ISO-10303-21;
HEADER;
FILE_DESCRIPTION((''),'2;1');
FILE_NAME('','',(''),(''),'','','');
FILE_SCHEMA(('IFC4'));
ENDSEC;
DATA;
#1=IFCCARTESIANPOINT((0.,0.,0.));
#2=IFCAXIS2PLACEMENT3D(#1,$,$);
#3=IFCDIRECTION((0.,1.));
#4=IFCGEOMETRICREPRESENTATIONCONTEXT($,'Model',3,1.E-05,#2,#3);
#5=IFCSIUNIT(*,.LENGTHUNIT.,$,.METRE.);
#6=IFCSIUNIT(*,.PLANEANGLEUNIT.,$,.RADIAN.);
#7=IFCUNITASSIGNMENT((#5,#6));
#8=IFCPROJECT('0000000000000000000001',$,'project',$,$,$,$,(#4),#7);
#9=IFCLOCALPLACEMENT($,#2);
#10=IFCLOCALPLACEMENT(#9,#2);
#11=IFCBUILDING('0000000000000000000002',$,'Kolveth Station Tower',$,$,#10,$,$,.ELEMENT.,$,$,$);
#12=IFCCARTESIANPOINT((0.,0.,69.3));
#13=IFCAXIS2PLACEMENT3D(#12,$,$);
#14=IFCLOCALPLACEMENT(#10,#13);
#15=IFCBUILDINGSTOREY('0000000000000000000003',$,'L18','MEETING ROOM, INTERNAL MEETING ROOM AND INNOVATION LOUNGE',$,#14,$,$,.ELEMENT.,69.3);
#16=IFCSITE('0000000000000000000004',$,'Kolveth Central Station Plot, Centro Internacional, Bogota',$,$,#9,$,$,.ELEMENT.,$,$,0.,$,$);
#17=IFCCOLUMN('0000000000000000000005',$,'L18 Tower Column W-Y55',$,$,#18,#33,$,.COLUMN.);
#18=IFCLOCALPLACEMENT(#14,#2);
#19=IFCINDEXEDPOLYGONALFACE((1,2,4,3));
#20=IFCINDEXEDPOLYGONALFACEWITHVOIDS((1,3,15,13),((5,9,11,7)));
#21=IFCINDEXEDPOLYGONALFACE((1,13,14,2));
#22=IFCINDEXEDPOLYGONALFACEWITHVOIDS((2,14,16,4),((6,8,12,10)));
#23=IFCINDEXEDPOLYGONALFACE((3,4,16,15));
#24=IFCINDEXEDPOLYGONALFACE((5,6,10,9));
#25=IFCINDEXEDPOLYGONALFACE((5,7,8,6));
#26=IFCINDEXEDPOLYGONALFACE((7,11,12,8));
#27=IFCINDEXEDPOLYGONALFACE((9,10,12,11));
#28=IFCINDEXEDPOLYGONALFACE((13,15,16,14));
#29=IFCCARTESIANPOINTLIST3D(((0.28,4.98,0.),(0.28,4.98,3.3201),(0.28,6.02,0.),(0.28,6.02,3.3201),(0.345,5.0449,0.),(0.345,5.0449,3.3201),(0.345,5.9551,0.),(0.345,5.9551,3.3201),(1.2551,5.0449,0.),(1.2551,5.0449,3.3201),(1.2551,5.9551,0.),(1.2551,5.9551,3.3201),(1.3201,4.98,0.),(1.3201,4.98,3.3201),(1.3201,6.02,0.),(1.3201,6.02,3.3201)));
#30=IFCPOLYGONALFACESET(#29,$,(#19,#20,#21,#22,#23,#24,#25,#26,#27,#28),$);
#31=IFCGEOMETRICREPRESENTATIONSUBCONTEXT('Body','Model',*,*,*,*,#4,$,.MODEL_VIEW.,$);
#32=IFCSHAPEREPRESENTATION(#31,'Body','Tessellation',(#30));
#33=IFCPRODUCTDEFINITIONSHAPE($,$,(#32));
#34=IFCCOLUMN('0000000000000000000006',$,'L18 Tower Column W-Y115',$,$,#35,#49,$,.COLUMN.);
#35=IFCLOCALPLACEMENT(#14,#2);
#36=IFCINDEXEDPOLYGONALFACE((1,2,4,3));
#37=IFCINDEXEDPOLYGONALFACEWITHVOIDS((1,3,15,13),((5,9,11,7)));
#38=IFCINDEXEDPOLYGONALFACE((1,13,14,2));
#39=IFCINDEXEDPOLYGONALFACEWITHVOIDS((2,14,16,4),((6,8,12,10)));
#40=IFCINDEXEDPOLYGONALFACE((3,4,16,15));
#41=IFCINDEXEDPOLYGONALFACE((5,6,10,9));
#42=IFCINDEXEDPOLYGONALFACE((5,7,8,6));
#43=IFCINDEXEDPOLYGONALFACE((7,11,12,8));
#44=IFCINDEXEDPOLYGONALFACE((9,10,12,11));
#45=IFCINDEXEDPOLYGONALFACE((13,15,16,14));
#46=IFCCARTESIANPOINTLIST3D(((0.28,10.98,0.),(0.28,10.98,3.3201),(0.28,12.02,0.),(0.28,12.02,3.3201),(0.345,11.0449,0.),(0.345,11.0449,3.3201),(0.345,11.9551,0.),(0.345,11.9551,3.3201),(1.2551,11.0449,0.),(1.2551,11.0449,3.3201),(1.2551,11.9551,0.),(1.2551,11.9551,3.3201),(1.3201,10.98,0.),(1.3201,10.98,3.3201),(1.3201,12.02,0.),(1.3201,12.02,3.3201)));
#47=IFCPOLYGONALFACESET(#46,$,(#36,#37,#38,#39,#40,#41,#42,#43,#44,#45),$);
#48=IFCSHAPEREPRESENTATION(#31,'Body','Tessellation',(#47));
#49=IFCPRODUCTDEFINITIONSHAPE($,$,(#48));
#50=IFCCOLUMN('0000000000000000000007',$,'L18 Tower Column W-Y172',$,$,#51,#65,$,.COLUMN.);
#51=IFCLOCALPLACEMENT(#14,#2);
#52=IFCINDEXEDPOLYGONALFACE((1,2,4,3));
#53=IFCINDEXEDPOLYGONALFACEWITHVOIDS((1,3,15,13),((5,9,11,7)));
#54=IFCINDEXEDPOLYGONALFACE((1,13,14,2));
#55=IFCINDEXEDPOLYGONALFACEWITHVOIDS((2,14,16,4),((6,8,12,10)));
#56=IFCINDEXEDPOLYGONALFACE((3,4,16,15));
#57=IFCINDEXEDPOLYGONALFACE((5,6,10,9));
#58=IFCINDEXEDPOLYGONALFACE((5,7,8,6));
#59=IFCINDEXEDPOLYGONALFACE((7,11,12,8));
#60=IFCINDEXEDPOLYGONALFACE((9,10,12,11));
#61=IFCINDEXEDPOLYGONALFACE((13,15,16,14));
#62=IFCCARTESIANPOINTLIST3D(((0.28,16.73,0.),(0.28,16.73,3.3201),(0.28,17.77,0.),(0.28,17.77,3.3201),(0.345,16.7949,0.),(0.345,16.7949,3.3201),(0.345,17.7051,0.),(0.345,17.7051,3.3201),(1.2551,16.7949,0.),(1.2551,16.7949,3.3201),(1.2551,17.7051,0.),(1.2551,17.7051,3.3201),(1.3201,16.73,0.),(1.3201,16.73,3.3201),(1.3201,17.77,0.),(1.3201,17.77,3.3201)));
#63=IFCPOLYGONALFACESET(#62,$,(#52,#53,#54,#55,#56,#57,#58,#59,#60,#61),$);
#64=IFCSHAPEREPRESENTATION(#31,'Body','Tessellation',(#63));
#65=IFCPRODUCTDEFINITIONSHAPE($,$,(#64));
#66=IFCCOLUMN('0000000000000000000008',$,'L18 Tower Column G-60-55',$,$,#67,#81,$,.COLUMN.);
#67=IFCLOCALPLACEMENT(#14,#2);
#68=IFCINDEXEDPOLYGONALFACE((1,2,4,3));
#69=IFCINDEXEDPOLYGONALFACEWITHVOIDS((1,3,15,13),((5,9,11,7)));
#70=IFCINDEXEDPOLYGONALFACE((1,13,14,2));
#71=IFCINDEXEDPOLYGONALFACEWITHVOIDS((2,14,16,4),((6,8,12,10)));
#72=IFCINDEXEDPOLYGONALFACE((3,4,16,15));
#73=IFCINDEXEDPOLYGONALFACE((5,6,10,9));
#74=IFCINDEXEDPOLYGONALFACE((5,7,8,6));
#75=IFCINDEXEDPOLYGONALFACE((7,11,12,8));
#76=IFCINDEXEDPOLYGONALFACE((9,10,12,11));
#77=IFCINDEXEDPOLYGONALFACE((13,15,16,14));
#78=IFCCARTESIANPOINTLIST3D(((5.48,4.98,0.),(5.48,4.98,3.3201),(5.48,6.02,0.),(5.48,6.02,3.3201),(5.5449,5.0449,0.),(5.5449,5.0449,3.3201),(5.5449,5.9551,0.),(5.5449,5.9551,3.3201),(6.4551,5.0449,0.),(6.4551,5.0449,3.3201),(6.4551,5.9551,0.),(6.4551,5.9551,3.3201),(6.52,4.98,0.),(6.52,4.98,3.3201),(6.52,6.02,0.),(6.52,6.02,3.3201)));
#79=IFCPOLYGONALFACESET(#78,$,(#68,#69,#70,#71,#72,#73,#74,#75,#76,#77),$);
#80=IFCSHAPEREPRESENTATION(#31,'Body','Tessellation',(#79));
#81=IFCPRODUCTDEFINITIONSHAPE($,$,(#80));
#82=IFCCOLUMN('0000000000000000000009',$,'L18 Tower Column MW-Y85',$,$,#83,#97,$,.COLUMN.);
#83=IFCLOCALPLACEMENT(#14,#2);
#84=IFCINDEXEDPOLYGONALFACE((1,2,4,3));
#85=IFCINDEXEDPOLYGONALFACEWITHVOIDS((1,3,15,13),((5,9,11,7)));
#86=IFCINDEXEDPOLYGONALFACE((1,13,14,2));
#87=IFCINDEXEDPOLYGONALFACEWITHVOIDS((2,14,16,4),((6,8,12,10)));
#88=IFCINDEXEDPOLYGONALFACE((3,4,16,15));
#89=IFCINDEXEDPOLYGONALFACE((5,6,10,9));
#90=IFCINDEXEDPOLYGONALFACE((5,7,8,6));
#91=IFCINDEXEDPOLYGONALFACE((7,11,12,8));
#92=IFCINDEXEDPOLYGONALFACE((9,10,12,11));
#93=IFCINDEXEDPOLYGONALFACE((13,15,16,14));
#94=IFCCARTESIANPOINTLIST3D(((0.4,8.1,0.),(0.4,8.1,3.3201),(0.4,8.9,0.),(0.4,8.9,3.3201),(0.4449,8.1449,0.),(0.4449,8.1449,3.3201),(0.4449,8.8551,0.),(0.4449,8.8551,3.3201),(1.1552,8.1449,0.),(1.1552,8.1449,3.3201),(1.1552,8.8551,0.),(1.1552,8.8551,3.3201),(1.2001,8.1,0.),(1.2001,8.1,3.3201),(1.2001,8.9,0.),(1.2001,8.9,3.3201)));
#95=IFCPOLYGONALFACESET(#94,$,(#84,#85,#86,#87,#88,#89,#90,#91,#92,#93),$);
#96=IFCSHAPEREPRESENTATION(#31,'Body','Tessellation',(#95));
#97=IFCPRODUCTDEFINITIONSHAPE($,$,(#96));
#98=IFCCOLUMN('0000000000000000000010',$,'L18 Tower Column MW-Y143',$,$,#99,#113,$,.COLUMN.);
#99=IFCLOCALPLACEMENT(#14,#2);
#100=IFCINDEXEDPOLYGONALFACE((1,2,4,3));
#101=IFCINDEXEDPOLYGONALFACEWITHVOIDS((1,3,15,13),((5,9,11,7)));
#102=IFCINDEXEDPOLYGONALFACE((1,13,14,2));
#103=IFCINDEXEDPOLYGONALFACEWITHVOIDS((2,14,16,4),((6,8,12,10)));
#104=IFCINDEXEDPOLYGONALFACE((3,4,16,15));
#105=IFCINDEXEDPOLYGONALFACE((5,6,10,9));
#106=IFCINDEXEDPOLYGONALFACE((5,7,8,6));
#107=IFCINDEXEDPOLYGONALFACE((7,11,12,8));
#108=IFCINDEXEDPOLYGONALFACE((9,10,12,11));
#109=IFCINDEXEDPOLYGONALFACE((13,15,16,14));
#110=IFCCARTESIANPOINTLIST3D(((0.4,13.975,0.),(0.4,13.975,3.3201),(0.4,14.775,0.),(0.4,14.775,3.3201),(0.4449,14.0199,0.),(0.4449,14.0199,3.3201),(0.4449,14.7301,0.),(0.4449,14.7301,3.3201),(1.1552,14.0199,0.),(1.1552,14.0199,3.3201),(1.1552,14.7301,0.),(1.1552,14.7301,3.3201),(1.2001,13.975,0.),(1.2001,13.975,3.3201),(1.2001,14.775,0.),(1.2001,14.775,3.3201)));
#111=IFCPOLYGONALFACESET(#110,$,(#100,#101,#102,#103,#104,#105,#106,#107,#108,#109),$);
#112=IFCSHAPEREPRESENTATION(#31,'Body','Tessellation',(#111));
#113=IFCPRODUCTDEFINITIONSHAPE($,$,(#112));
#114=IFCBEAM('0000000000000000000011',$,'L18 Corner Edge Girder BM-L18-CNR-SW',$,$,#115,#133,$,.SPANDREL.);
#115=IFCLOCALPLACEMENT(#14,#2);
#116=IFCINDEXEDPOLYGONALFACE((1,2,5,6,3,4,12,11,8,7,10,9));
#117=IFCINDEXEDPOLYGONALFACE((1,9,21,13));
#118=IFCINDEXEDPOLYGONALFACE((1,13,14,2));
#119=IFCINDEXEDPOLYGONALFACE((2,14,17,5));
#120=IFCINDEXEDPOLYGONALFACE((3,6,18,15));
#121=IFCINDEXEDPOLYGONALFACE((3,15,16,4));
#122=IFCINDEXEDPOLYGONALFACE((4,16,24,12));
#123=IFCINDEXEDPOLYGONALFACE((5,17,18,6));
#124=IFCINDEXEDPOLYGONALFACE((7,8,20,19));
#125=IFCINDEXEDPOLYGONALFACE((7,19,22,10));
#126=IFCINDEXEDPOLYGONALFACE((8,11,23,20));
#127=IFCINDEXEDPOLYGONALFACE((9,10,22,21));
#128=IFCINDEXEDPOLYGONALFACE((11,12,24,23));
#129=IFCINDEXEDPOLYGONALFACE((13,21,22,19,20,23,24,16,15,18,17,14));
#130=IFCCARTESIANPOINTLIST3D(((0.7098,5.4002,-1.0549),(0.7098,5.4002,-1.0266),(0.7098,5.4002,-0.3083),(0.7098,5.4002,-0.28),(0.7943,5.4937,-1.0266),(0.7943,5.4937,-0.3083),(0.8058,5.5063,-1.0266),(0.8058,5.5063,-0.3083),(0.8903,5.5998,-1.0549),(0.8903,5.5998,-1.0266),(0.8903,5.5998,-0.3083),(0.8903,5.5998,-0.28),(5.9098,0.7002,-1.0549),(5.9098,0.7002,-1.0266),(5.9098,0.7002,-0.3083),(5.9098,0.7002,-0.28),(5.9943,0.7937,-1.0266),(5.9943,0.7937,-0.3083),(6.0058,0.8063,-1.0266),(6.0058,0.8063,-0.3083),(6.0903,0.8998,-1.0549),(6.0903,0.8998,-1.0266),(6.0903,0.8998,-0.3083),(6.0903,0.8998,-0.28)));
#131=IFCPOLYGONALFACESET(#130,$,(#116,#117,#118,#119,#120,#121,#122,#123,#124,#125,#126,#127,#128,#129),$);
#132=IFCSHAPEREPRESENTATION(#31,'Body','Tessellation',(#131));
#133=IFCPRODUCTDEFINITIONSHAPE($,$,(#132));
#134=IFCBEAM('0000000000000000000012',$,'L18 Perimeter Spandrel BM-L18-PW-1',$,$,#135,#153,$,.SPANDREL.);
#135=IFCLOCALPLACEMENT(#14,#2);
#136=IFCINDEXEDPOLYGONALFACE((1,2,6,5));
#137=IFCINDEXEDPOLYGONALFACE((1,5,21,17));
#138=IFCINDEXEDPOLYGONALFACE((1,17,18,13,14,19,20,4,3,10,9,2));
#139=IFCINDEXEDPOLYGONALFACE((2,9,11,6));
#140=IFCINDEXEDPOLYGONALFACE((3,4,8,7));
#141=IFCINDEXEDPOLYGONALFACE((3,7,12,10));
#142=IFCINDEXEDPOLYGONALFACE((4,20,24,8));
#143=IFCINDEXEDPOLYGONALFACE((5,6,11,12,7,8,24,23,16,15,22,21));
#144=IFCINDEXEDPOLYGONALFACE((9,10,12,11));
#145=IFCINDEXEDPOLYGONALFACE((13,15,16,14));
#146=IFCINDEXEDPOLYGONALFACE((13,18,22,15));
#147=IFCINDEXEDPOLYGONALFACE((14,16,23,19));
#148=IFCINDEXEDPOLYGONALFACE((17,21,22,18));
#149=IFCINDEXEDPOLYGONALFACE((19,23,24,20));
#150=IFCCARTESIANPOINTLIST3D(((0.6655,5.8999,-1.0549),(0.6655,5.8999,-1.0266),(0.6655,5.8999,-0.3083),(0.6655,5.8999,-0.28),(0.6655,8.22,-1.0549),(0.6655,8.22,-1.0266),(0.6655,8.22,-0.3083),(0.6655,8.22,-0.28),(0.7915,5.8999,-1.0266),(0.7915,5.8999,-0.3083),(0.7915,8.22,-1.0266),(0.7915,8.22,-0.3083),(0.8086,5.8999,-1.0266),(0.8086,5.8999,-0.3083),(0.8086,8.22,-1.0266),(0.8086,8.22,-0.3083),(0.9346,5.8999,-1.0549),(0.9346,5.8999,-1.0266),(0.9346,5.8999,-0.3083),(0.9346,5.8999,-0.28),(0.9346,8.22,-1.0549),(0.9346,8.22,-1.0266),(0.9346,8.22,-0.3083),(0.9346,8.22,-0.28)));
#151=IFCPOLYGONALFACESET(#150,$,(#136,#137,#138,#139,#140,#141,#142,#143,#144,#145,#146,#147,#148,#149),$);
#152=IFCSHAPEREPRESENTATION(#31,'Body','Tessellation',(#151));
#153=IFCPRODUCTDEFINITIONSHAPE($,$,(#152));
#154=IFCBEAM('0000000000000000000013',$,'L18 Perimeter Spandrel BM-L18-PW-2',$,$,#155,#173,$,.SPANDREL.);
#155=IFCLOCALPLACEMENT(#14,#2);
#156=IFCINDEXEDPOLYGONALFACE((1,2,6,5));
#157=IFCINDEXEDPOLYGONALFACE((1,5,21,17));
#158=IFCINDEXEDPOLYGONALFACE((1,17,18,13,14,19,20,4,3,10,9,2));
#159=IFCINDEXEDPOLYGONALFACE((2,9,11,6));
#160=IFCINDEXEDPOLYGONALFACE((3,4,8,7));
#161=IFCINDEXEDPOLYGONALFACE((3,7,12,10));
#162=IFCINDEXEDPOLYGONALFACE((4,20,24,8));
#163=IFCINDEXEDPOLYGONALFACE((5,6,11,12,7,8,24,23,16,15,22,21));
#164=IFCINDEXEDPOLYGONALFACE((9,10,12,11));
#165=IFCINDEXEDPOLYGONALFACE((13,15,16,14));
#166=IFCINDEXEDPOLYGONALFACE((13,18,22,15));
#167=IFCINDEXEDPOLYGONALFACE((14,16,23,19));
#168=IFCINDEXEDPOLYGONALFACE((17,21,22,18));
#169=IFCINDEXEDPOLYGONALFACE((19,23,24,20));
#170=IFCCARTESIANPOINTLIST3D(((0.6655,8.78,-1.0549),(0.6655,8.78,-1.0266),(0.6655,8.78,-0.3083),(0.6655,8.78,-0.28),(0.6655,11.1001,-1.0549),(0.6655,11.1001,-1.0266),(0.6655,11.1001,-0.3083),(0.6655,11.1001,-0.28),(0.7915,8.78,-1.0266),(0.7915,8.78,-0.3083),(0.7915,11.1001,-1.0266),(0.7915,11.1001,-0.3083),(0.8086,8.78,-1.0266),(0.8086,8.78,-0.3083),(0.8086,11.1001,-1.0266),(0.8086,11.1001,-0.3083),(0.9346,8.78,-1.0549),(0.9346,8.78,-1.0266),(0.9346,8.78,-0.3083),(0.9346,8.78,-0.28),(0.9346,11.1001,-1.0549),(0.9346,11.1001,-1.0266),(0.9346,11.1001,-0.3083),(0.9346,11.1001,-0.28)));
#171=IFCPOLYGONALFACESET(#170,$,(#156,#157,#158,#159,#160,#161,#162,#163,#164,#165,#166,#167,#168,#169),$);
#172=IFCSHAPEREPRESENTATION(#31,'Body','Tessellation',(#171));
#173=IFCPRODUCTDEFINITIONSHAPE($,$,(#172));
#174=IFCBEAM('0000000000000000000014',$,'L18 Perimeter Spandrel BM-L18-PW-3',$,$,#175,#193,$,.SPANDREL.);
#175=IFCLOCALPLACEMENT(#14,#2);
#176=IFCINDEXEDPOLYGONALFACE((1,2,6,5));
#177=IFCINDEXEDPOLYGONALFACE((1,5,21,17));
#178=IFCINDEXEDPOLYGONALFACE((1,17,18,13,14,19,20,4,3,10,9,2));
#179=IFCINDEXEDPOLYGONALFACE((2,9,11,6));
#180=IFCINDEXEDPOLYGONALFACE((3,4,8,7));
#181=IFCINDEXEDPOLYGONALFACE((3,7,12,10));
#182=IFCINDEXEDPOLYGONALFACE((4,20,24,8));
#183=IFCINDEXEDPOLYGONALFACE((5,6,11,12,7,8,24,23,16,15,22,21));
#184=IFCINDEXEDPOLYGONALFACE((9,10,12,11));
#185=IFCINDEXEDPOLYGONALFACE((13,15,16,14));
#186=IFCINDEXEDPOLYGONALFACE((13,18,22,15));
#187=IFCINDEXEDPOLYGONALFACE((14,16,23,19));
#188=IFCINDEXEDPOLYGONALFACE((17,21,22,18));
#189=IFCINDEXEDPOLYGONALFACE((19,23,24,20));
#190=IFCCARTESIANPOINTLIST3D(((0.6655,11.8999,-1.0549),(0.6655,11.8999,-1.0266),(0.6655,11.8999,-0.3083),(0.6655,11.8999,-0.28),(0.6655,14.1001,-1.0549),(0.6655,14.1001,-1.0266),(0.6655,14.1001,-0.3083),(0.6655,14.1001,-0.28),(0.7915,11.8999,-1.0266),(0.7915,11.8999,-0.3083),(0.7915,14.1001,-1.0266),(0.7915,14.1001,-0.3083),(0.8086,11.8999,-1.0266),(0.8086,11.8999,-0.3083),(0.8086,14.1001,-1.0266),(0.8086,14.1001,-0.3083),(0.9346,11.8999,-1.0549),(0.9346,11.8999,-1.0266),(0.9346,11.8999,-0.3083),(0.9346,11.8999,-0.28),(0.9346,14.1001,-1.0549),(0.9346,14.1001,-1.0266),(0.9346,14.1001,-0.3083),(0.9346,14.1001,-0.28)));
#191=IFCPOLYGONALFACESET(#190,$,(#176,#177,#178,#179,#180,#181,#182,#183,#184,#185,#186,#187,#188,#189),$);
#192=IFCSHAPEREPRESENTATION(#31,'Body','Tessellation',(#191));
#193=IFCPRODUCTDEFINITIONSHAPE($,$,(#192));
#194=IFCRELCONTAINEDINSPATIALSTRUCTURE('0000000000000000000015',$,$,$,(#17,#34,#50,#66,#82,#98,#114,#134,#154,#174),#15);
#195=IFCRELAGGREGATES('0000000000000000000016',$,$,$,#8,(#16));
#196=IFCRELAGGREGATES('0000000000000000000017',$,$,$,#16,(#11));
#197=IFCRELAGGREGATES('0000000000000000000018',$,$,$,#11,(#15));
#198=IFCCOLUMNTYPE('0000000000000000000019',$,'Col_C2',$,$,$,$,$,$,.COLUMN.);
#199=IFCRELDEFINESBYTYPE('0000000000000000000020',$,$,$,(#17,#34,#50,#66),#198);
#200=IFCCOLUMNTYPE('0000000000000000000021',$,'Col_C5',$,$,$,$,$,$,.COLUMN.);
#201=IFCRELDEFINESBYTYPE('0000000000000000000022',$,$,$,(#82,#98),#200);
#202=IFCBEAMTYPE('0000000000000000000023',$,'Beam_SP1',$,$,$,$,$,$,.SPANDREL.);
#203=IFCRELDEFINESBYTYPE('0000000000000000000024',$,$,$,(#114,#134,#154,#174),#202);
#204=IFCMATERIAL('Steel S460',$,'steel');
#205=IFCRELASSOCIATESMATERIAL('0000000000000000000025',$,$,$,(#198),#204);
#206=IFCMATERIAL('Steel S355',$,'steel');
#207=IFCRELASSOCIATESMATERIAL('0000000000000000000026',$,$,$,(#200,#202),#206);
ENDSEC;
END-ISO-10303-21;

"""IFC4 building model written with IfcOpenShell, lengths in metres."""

from ifc_helpers import new_model, si_unit, direction, frame, origin, origin_2d, place, context, subcontext, project, spatial, hollow_rectangle, i_section, extrude, source, transform, mapped, material, material_profile, profile_set, type_object, element, save


model = new_model("IFC4")

# Units and contexts
model_context = context("Model", 3, precision=1e-05, world=origin(), true_north=direction((0.0, 1.0)))
body_context = subcontext(model_context, "Body", "Model", "MODEL_VIEW")
ifc_project = project(units=[si_unit("LENGTHUNIT", "METRE"), si_unit("PLANEANGLEUNIT", "RADIAN")], contexts=[model_context])

# Site, building, storey
site_placement = place(None, origin())
site = spatial("IfcSite", under=ifc_project, at=site_placement, Name="Kolveth Central Station Plot, Centro Internacional, Bogota", CompositionType="ELEMENT", RefElevation=0.0)
building_placement = place(site_placement, origin())
building = spatial("IfcBuilding", under=site, at=building_placement, Name="Kolveth Station Tower", CompositionType="ELEMENT")
storey_placement = place(building_placement, frame((0.0, 0.0, 69.3)))
storey = spatial("IfcBuildingStorey", under=building, at=storey_placement, Name="L18", Description="MEETING ROOM, INTERNAL MEETING ROOM AND INNOVATION LOUNGE", CompositionType="ELEMENT", Elevation=69.3)

# Columns
ifc_material_1 = material(Name="Steel S460", Category="steel")
ifc_material_profile_1 = material_profile(ifc_material_1, hollow_rectangle(XDim=1.04, YDim=1.04, WallThickness=0.0649, at=origin_2d()), Name="BOX1040x1040x65")
ifc_profile_set_1 = profile_set([ifc_material_profile_1], Name="Steel S460")
column_type_1 = type_object("IfcColumnType", Name="Col_C2", PredefinedType="COLUMN", material=ifc_profile_set_1)
shared_shape_1 = source(origin(), body_context, "Body", "SweptSolid", [
    extrude(hollow_rectangle(XDim=1.04, YDim=1.04, WallThickness=0.0649, at=origin_2d()), origin(), (0.0, 0.0, 1.0), 3.3201),
])
for number, where, z_axis, x_axis, name in (
    (1, (0.8, 5.5, 0.0), (0.0, 0.0, 1.0), (1.0, 0.0, 0.0), "L18 Tower Column W-Y55"),
    (2, (0.8, 11.5, 0.0), (0.0, 0.0, 1.0), (1.0, 0.0, 0.0), "L18 Tower Column W-Y115"),
    (3, (0.8, 17.25, 0.0), (0.0, 0.0, 1.0), (1.0, 0.0, 0.0), "L18 Tower Column W-Y172"),
    (4, (6.0, 5.5, 0.0), (0.0, 0.0, 1.0), (1.0, 0.0, 0.0), "L18 Tower Column G-60-55"),
):
    element("IfcColumn", number, at=place(storey_placement, frame(where, z_axis=z_axis, x_axis=x_axis)), inside=storey, type_object=column_type_1, Name=name, PredefinedType="COLUMN", context=body_context, shape_type="MappedRepresentation", body=[
        mapped(shared_shape_1, transform((0.0, 0.0, 0.0), x_axis=(1.0, 0.0, 0.0), y_axis=(0.0, 1.0, 0.0), z_axis=(0.0, 0.0, 1.0), scale=1.0)),
    ])
ifc_material_2 = material(Name="Steel S355", Category="steel")
ifc_material_profile_2 = material_profile(ifc_material_2, hollow_rectangle(XDim=0.8, YDim=0.8, WallThickness=0.0449, at=origin_2d()), Name="BOX800x800x45")
ifc_profile_set_2 = profile_set([ifc_material_profile_2], Name="Steel S355")
column_type_2 = type_object("IfcColumnType", Name="Col_C5", PredefinedType="COLUMN", material=ifc_profile_set_2)
shared_shape_2 = source(origin(), body_context, "Body", "SweptSolid", [
    extrude(hollow_rectangle(XDim=0.8, YDim=0.8, WallThickness=0.0449, at=origin_2d()), origin(), (0.0, 0.0, 1.0), 3.3201),
])
for number, where, z_axis, x_axis, name in (
    (5, (0.8, 8.5, 0.0), (0.0, 0.0, 1.0), (1.0, 0.0, 0.0), "L18 Tower Column MW-Y85"),
    (6, (0.8, 14.375, 0.0), (0.0, 0.0, 1.0), (1.0, 0.0, 0.0), "L18 Tower Column MW-Y143"),
):
    element("IfcColumn", number, at=place(storey_placement, frame(where, z_axis=z_axis, x_axis=x_axis)), inside=storey, type_object=column_type_2, Name=name, PredefinedType="COLUMN", context=body_context, shape_type="MappedRepresentation", body=[
        mapped(shared_shape_2, transform((0.0, 0.0, 0.0), x_axis=(1.0, 0.0, 0.0), y_axis=(0.0, 1.0, 0.0), z_axis=(0.0, 0.0, 1.0), scale=1.0)),
    ])

# Beams
ifc_material_profile_3 = material_profile(ifc_material_2, i_section(OverallWidth=0.269, OverallDepth=0.7749, WebThickness=0.0171, FlangeThickness=0.0283, at=origin_2d()), Name="W760x220")
ifc_profile_set_3 = profile_set([ifc_material_profile_3], Name="Steel S355")
beam_type_1 = type_object("IfcBeamType", Name="Beam_SP1", PredefinedType="SPANDREL", material=ifc_profile_set_3)
shared_shape_3 = source(origin(), body_context, "Body", "SweptSolid", [
    extrude(i_section(OverallWidth=0.269, OverallDepth=0.7749, WebThickness=0.0171, FlangeThickness=0.0283, at=origin_2d()), origin(), (0.0, 0.0, 1.0), 7.0093),
])
beam_1_placement = place(storey_placement, frame((0.8, 5.5, -0.6675), z_axis=(0.741874, -0.670539, 0.0), x_axis=(0.670539, 0.741874, 0.0)))
element("IfcBeam", 7, at=beam_1_placement, inside=storey, type_object=beam_type_1, Name="L18 Corner Edge Girder BM-L18-CNR-SW", PredefinedType="SPANDREL", context=body_context, shape_type="MappedRepresentation", body=[
    mapped(shared_shape_3, transform((0.0, 0.0, 0.0), x_axis=(1.0, 0.0, 0.0), y_axis=(0.0, 1.0, 0.0), z_axis=(0.0, 0.0, 1.0), scale=1.0)),
])
shared_shape_4 = source(origin(), body_context, "Body", "SweptSolid", [
    extrude(i_section(OverallWidth=0.269, OverallDepth=0.7749, WebThickness=0.0171, FlangeThickness=0.0283, at=origin_2d()), origin(), (0.0, 0.0, 1.0), 2.3201),
])
for number, where, z_axis, x_axis, name in (
    (8, (0.8, 5.8999, -0.6675), (0.0, 1.0, 0.0), (-1.0, 0.0, 0.0), "L18 Perimeter Spandrel BM-L18-PW-1"),
    (9, (0.8, 8.78, -0.6675), (0.0, 1.0, 0.0), (-1.0, 0.0, 0.0), "L18 Perimeter Spandrel BM-L18-PW-2"),
):
    element("IfcBeam", number, at=place(storey_placement, frame(where, z_axis=z_axis, x_axis=x_axis)), inside=storey, type_object=beam_type_1, Name=name, PredefinedType="SPANDREL", context=body_context, shape_type="MappedRepresentation", body=[
        mapped(shared_shape_4, transform((0.0, 0.0, 0.0), x_axis=(1.0, 0.0, 0.0), y_axis=(0.0, 1.0, 0.0), z_axis=(0.0, 0.0, 1.0), scale=1.0)),
    ])
shared_shape_5 = source(origin(), body_context, "Body", "SweptSolid", [
    extrude(i_section(OverallWidth=0.269, OverallDepth=0.7749, WebThickness=0.0171, FlangeThickness=0.0283, at=origin_2d()), origin(), (0.0, 0.0, 1.0), 2.2002),
])
beam_2_placement = place(storey_placement, frame((0.8, 11.8999, -0.6675), z_axis=(0.0, 1.0, 0.0), x_axis=(-1.0, 0.0, 0.0)))
element("IfcBeam", 10, at=beam_2_placement, inside=storey, type_object=beam_type_1, Name="L18 Perimeter Spandrel BM-L18-PW-3", PredefinedType="SPANDREL", context=body_context, shape_type="MappedRepresentation", body=[
    mapped(shared_shape_5, transform((0.0, 0.0, 0.0), x_axis=(1.0, 0.0, 0.0), y_axis=(0.0, 1.0, 0.0), z_axis=(0.0, 0.0, 1.0), scale=1.0)),
])

save(model, "model.ifc")
